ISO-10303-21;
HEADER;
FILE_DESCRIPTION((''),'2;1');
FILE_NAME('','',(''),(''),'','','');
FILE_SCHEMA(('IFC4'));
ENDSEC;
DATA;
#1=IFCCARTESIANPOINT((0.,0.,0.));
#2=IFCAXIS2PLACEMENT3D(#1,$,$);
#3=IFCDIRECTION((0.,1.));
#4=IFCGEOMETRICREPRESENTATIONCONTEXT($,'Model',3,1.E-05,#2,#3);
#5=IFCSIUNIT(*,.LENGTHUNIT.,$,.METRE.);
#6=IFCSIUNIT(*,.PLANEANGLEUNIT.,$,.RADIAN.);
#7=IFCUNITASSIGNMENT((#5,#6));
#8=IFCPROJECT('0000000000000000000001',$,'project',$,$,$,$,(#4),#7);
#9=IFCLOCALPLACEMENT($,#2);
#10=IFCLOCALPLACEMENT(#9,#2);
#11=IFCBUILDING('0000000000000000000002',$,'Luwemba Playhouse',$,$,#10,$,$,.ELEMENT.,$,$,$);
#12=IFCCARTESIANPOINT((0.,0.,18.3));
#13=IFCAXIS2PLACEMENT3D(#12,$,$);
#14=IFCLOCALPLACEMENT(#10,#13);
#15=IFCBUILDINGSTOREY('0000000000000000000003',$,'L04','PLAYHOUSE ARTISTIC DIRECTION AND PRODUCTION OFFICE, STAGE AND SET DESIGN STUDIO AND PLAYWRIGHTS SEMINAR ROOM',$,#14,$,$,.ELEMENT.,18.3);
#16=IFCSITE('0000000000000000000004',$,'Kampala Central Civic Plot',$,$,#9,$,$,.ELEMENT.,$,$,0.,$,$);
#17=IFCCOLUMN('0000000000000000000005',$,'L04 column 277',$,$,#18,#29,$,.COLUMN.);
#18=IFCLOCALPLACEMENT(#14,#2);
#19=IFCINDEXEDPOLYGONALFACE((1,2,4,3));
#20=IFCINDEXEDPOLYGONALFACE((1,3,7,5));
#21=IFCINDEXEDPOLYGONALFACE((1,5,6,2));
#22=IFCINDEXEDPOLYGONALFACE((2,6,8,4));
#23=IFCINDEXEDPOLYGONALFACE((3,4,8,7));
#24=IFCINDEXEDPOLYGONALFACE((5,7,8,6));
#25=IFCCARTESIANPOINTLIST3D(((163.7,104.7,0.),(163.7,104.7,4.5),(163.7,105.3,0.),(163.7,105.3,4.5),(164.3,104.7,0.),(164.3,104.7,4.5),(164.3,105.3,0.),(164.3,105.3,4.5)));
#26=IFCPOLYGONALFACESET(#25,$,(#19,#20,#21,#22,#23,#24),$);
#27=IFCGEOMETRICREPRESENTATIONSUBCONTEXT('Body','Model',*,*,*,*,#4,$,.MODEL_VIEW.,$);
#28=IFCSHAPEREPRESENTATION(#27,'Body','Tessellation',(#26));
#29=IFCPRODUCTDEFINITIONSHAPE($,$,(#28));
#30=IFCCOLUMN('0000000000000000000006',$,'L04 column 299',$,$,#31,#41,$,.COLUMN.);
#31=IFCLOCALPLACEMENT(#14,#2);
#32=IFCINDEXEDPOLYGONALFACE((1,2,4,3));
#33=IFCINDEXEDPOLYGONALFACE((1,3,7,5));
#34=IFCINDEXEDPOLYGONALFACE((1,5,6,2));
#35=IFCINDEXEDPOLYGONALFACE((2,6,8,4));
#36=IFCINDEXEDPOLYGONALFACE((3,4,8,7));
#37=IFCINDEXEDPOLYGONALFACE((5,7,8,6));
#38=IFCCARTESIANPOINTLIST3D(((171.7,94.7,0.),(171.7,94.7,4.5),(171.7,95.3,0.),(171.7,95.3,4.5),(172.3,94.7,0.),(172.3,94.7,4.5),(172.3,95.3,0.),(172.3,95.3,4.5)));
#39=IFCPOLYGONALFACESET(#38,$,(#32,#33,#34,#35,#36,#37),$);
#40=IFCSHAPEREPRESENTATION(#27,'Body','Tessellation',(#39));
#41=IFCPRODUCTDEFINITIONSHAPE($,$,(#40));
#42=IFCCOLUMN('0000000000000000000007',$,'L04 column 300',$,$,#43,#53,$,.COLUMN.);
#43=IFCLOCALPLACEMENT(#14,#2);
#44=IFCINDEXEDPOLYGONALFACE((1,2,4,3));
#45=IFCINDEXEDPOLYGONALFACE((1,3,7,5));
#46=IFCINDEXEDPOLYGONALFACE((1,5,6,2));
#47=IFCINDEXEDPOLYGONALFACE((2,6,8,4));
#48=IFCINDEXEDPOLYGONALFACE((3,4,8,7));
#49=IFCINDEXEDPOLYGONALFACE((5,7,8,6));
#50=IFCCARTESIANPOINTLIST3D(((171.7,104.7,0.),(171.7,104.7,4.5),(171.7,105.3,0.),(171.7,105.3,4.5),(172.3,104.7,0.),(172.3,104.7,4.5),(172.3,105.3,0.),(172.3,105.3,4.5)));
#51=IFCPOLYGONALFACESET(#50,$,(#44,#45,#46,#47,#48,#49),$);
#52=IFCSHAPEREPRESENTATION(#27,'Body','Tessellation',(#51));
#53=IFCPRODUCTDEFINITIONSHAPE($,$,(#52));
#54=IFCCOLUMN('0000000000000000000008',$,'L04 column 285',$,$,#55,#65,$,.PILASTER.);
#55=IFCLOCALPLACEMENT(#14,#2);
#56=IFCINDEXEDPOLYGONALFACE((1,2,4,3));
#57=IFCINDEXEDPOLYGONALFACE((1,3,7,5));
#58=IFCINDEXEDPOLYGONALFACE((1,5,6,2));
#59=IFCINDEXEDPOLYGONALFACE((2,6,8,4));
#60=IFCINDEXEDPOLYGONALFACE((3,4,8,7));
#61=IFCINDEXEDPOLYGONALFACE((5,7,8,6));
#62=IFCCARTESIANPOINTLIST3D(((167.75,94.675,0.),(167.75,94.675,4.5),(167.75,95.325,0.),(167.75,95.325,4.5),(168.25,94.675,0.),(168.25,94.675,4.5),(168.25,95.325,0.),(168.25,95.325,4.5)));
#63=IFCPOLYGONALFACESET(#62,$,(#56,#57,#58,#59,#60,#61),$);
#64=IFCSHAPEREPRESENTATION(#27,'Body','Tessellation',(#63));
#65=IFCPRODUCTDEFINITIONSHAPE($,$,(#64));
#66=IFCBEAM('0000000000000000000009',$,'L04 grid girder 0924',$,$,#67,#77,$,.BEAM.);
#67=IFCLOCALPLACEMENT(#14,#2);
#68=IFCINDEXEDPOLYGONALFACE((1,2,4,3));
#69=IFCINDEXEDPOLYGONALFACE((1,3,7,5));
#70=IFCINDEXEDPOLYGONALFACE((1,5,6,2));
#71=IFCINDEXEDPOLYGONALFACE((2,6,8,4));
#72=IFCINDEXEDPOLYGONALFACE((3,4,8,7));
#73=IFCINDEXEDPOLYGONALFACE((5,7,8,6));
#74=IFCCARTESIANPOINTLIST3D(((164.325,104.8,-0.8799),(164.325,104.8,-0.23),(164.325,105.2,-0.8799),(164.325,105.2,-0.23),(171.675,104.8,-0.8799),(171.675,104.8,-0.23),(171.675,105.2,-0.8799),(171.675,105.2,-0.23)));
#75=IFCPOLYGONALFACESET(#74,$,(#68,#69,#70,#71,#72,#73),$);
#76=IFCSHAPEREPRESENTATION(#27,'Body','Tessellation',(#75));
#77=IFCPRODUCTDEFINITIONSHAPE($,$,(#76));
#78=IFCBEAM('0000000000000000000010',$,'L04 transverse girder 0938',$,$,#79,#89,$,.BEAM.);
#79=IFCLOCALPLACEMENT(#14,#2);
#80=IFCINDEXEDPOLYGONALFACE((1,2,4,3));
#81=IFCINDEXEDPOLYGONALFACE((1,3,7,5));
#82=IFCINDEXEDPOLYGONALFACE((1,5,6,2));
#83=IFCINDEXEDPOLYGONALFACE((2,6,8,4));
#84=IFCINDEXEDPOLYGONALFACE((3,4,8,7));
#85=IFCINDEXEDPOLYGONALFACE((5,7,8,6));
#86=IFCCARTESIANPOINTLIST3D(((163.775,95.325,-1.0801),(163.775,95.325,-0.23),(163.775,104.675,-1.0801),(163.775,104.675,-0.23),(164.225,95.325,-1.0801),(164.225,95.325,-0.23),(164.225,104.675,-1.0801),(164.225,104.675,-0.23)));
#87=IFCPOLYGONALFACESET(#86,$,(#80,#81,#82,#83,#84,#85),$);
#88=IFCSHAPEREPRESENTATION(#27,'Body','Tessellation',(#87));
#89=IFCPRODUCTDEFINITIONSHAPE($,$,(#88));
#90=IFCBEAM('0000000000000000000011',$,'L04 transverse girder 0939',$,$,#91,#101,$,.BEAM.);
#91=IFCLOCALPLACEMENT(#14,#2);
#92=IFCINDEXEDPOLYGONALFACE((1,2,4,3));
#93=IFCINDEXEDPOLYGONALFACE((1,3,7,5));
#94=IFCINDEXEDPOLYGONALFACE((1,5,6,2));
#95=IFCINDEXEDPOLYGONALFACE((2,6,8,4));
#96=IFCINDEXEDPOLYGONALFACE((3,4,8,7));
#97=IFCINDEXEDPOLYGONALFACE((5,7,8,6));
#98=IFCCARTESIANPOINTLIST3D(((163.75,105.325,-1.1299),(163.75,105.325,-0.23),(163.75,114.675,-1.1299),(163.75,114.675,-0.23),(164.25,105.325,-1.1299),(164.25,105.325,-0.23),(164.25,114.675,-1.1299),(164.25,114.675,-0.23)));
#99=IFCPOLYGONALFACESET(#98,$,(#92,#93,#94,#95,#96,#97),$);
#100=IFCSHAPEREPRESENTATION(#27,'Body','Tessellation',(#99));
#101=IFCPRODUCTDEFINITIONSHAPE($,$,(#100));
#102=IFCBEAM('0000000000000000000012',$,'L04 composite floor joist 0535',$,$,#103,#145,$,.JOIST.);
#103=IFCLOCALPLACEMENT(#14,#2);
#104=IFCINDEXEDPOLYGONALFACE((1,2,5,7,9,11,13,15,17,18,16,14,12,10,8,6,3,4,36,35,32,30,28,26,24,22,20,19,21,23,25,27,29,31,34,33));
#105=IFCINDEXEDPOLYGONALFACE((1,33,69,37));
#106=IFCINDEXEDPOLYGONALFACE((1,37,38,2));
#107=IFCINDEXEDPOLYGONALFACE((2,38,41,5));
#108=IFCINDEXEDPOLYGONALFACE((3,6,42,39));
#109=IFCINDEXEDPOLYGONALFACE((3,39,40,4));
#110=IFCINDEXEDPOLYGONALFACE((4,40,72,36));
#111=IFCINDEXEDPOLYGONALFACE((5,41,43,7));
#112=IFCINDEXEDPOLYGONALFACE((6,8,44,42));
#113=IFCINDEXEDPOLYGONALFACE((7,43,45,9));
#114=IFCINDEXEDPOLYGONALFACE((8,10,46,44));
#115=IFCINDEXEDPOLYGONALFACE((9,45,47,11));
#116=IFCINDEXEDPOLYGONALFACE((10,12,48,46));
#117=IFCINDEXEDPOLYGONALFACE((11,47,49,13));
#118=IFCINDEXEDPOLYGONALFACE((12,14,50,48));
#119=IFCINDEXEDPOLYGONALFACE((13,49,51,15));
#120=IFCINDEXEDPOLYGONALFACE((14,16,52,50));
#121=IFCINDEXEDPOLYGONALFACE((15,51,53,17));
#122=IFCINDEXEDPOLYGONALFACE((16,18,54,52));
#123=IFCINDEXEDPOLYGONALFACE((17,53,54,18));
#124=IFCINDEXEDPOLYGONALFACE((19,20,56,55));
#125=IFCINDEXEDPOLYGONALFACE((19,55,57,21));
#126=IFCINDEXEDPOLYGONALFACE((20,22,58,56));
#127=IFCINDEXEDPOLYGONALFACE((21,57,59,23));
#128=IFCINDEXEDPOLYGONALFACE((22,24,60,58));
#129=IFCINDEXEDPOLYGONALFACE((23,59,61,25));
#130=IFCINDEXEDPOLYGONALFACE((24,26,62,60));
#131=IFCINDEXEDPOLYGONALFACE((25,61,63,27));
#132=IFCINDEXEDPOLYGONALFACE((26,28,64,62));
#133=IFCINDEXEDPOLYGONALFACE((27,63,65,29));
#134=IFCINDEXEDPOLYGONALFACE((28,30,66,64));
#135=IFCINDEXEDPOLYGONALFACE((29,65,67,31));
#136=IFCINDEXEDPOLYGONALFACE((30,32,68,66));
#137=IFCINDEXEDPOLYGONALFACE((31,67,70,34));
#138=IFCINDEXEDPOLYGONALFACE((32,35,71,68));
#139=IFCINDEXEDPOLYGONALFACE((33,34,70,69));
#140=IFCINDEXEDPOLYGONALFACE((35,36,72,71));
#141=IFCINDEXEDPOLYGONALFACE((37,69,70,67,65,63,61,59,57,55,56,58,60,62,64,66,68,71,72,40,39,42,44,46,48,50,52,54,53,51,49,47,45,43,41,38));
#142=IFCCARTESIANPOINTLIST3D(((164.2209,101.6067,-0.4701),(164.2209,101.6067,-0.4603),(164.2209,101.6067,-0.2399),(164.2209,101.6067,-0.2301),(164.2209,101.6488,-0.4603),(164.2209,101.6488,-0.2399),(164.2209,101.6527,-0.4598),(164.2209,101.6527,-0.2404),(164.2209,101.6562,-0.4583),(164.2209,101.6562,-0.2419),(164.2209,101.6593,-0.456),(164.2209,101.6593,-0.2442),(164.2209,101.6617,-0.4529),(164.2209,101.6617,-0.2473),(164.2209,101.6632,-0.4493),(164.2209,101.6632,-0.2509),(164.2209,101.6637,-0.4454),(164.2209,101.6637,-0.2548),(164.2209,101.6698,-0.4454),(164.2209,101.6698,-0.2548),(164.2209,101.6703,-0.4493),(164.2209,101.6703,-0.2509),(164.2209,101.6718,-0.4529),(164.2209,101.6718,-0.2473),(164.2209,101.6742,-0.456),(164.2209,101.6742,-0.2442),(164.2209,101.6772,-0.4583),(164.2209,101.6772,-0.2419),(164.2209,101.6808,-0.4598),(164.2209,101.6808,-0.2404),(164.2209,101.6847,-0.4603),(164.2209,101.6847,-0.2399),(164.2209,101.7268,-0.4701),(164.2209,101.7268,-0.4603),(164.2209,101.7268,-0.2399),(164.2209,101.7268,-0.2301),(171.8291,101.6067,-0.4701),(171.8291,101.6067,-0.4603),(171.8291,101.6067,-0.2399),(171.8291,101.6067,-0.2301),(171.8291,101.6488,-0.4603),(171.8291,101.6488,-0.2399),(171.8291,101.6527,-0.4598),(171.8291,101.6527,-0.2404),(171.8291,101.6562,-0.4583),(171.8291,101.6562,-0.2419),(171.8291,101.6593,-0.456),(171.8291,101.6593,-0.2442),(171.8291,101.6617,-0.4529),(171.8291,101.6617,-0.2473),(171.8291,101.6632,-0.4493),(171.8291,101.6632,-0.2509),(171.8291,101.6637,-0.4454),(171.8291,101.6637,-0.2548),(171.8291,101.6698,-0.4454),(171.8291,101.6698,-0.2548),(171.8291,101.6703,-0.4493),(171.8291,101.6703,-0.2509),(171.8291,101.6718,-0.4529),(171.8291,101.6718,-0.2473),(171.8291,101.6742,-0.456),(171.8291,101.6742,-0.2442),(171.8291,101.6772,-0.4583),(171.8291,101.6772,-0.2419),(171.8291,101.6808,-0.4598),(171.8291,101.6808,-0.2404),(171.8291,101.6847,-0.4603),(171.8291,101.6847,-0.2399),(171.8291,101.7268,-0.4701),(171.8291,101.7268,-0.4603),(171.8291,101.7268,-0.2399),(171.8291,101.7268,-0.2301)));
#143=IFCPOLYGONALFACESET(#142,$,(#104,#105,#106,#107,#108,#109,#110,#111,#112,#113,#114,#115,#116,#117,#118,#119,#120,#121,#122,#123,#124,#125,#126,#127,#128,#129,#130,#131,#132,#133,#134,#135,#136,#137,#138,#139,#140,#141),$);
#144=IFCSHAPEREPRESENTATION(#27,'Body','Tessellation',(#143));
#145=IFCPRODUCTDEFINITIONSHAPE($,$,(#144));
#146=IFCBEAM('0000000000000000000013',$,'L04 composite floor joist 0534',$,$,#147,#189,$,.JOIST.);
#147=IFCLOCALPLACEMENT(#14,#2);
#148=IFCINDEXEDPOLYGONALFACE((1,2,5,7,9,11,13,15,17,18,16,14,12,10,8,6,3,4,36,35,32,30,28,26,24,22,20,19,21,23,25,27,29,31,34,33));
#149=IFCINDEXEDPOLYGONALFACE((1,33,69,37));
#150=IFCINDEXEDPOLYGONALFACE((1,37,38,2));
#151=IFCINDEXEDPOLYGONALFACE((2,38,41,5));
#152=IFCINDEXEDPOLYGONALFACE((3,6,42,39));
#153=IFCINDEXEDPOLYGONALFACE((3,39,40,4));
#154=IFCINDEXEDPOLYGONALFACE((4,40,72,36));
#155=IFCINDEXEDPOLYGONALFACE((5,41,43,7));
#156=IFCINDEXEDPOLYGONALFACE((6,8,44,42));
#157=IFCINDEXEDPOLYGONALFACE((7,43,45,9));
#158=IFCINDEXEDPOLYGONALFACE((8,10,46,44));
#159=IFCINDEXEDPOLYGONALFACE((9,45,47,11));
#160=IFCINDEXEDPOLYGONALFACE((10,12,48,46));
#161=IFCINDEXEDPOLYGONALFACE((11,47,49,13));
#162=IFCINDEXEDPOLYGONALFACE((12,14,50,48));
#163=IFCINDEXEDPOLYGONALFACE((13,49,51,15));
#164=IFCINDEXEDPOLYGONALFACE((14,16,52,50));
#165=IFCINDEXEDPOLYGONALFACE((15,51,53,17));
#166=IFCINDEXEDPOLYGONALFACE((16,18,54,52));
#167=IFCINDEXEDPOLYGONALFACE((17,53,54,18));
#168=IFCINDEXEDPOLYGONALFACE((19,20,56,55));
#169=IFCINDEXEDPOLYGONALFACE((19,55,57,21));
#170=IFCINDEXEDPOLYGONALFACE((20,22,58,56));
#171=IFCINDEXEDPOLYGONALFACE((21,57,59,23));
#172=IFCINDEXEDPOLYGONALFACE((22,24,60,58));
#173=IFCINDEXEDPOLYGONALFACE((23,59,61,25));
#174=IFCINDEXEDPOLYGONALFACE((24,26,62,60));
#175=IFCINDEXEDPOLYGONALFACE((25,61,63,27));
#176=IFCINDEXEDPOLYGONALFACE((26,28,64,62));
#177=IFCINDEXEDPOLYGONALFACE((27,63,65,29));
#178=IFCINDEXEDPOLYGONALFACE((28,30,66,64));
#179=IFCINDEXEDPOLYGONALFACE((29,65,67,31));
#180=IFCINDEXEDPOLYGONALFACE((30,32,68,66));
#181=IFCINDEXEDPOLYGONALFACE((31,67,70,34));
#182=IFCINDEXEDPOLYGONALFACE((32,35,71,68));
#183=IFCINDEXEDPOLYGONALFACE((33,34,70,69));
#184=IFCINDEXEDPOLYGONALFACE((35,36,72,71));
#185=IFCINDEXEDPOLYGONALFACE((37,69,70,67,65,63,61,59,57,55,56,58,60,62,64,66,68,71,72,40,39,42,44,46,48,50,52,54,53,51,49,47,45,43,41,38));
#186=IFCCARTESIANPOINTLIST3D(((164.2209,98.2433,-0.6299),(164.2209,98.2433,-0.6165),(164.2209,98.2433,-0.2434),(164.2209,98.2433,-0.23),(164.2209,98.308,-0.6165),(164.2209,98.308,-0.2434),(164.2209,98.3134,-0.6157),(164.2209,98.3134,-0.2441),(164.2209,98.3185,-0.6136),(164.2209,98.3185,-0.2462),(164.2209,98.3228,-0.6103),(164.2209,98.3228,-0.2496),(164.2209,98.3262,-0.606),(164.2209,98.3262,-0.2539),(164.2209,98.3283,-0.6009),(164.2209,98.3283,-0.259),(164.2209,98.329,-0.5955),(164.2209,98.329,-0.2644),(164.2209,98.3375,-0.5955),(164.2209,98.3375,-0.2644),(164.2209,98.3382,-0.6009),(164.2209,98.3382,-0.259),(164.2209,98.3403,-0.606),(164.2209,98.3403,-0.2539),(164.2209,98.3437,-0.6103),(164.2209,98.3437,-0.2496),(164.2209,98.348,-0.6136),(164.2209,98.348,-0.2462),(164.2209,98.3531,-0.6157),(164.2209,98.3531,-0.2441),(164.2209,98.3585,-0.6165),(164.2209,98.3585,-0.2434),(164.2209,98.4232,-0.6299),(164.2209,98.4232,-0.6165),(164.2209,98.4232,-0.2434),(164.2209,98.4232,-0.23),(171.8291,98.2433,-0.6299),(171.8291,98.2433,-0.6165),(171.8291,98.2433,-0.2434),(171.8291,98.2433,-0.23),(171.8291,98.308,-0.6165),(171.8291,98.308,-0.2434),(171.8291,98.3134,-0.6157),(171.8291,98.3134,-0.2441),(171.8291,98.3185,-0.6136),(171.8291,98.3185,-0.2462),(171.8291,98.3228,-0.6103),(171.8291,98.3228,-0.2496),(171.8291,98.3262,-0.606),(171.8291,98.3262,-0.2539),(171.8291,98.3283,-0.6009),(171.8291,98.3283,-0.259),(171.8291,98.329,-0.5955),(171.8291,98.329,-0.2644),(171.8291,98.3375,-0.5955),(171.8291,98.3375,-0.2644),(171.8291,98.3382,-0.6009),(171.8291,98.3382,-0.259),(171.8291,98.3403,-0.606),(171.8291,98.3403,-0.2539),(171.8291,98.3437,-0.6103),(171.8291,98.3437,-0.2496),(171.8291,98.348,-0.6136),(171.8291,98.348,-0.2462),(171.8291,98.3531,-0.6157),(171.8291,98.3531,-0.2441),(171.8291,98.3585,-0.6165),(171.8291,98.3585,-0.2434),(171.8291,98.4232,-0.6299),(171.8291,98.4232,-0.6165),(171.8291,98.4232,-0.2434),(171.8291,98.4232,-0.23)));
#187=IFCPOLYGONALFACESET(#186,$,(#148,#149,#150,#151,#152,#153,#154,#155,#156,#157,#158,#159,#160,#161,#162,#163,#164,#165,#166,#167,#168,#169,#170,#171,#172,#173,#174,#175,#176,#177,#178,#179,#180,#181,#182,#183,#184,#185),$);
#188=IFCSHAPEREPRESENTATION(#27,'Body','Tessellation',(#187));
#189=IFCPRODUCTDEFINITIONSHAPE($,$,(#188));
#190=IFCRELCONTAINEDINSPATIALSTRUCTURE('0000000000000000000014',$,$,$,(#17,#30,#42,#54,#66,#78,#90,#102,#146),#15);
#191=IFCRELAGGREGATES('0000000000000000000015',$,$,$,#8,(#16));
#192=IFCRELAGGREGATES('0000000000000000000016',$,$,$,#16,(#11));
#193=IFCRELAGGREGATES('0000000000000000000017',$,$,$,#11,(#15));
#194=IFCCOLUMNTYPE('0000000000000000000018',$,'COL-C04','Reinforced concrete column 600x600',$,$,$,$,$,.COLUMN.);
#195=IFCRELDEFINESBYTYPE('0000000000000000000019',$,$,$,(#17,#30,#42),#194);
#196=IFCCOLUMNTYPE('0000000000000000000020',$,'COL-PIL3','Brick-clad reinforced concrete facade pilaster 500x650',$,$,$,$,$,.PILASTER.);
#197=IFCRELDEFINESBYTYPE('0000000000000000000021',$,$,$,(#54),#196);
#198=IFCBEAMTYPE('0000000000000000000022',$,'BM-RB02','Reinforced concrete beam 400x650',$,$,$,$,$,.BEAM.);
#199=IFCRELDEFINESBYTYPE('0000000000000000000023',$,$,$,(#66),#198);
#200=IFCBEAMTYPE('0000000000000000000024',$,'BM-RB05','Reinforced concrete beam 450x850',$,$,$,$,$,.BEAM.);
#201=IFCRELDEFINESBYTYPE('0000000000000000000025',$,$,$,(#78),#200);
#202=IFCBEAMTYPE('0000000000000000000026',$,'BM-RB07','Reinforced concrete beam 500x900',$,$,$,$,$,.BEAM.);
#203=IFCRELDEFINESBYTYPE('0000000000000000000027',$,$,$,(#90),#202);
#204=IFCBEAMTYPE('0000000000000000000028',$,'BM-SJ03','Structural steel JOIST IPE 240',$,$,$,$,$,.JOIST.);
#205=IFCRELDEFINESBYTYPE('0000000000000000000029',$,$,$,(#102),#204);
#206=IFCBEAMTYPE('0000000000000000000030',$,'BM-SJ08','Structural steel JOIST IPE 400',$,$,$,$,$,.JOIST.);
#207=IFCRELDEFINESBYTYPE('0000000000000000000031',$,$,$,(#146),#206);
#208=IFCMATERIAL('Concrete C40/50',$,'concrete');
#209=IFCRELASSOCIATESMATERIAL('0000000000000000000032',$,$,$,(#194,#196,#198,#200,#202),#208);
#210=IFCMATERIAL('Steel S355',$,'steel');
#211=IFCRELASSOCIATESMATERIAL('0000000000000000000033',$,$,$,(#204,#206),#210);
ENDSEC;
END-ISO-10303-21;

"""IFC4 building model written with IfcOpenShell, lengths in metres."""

from ifc_helpers import new_model, si_unit, direction, frame, origin, origin_2d, place, context, subcontext, project, spatial, rectangle, i_section, extrude, material, material_profile, profile_set, type_object, element, save


model = new_model("IFC4")

# Units and contexts
model_context = context("Model", 3, precision=1e-05, world=origin(), true_north=direction((0.0, 1.0)))
body_context = subcontext(model_context, "Body", "Model", "MODEL_VIEW")
ifc_project = project(units=[si_unit("LENGTHUNIT", "METRE"), si_unit("PLANEANGLEUNIT", "RADIAN")], contexts=[model_context])

# Site, building, storey
site_placement = place(None, origin())
site = spatial("IfcSite", under=ifc_project, at=site_placement, Name="Kampala Central Civic Plot", CompositionType="ELEMENT", RefElevation=0.0)
building_placement = place(site_placement, origin())
building = spatial("IfcBuilding", under=site, at=building_placement, Name="Luwemba Playhouse", CompositionType="ELEMENT")
storey_placement = place(building_placement, frame((0.0, 0.0, 18.3)))
storey = spatial("IfcBuildingStorey", under=building, at=storey_placement, Name="L04", Description="PLAYHOUSE ARTISTIC DIRECTION AND PRODUCTION OFFICE, STAGE AND SET DESIGN STUDIO AND PLAYWRIGHTS SEMINAR ROOM", CompositionType="ELEMENT", Elevation=18.3)

# Columns
ifc_material_1 = material(Name="Concrete C40/50", Category="concrete")
ifc_material_profile_1 = material_profile(ifc_material_1, rectangle(XDim=0.6001, YDim=0.6001, at=origin_2d()))
ifc_profile_set_1 = profile_set([ifc_material_profile_1], Name="Concrete C40/50")
column_type_1 = type_object("IfcColumnType", Name="COL-C04", Description="Reinforced concrete column 600x600", PredefinedType="COLUMN", material=ifc_profile_set_1)
for number, where, z_axis, x_axis, name in (
    (1, (164.0, 105.0, 0.0), (0.0, 0.0, 1.0), (1.0, 0.0, 0.0), "L04 column 277"),
    (2, (172.0, 95.0, 0.0), (0.0, 0.0, 1.0), (1.0, 0.0, 0.0), "L04 column 299"),
    (3, (172.0, 105.0, 0.0), (0.0, 0.0, 1.0), (1.0, 0.0, 0.0), "L04 column 300"),
):
    element("IfcColumn", number, at=place(storey_placement, frame(where, z_axis=z_axis, x_axis=x_axis)), inside=storey, type_object=column_type_1, Name=name, PredefinedType="COLUMN", context=body_context, shape_type="SweptSolid", body=[
        extrude(rectangle(XDim=0.6001, YDim=0.6001, at=origin_2d()), origin(), (0.0, 0.0, 1.0), 4.5),
    ])
ifc_material_profile_2 = material_profile(ifc_material_1, rectangle(XDim=0.5, YDim=0.6499, at=origin_2d()))
ifc_profile_set_2 = profile_set([ifc_material_profile_2], Name="Concrete C40/50")
column_type_2 = type_object("IfcColumnType", Name="COL-PIL3", Description="Brick-clad reinforced concrete facade pilaster 500x650", PredefinedType="PILASTER", material=ifc_profile_set_2)
column_placement = place(storey_placement, frame((168.0, 95.0, 0.0), z_axis=(0.0, 0.0, 1.0), x_axis=(1.0, 0.0, 0.0)))
element("IfcColumn", 4, at=column_placement, inside=storey, type_object=column_type_2, Name="L04 column 285", PredefinedType="PILASTER", context=body_context, shape_type="SweptSolid", body=[
    extrude(rectangle(XDim=0.5, YDim=0.6499, at=origin_2d()), origin(), (0.0, 0.0, 1.0), 4.5),
])

# Beams
ifc_material_profile_3 = material_profile(ifc_material_1, rectangle(XDim=0.3999, YDim=0.6499, at=origin_2d()))
ifc_profile_set_3 = profile_set([ifc_material_profile_3], Name="Concrete C40/50")
beam_type_1 = type_object("IfcBeamType", Name="BM-RB02", Description="Reinforced concrete beam 400x650", PredefinedType="BEAM", material=ifc_profile_set_3)
beam_1_placement = place(storey_placement, frame((164.325, 105.0, -0.5549), z_axis=(1.0, 0.0, 0.0), x_axis=(0.0, 1.0, 0.0)))
element("IfcBeam", 5, at=beam_1_placement, inside=storey, type_object=beam_type_1, Name="L04 grid girder 0924", PredefinedType="BEAM", context=body_context, shape_type="SweptSolid", body=[
    extrude(rectangle(XDim=0.3999, YDim=0.6499, at=origin_2d()), origin(), (0.0, 0.0, 1.0), 7.3501),
])
ifc_material_profile_4 = material_profile(ifc_material_1, rectangle(XDim=0.45, YDim=0.8501, at=origin_2d()))
ifc_profile_set_4 = profile_set([ifc_material_profile_4], Name="Concrete C40/50")
beam_type_2 = type_object("IfcBeamType", Name="BM-RB05", Description="Reinforced concrete beam 450x850", PredefinedType="BEAM", material=ifc_profile_set_4)
beam_2_placement = place(storey_placement, frame((164.0, 95.325, -0.655), z_axis=(0.0, 1.0, 0.0), x_axis=(-1.0, 0.0, 0.0)))
element("IfcBeam", 6, at=beam_2_placement, inside=storey, type_object=beam_type_2, Name="L04 transverse girder 0938", PredefinedType="BEAM", context=body_context, shape_type="SweptSolid", body=[
    extrude(rectangle(XDim=0.45, YDim=0.8501, at=origin_2d()), origin(), (0.0, 0.0, 1.0), 9.3501),
])
ifc_material_profile_5 = material_profile(ifc_material_1, rectangle(XDim=0.5, YDim=0.8999, at=origin_2d()))
ifc_profile_set_5 = profile_set([ifc_material_profile_5], Name="Concrete C40/50")
beam_type_3 = type_object("IfcBeamType", Name="BM-RB07", Description="Reinforced concrete beam 500x900", PredefinedType="BEAM", material=ifc_profile_set_5)
beam_3_placement = place(storey_placement, frame((164.0, 105.325, -0.6799), z_axis=(0.0, 1.0, 0.0), x_axis=(-1.0, 0.0, 0.0)))
element("IfcBeam", 7, at=beam_3_placement, inside=storey, type_object=beam_type_3, Name="L04 transverse girder 0939", PredefinedType="BEAM", context=body_context, shape_type="SweptSolid", body=[
    extrude(rectangle(XDim=0.5, YDim=0.8999, at=origin_2d()), origin(), (0.0, 0.0, 1.0), 9.3501),
])
ifc_material_2 = material(Name="Steel S355", Category="steel")
ifc_material_profile_6 = material_profile(ifc_material_2, i_section(OverallWidth=0.1201, OverallDepth=0.24, WebThickness=0.0061, FlangeThickness=0.0098, FilletRadius=0.0149, at=origin_2d()))
ifc_profile_set_6 = profile_set([ifc_material_profile_6], Name="Steel S355")
beam_type_4 = type_object("IfcBeamType", Name="BM-SJ03", Description="Structural steel JOIST IPE 240", PredefinedType="JOIST", material=ifc_profile_set_6)
beam_4_placement = place(storey_placement, frame((164.2209, 101.6667, -0.3501), z_axis=(1.0, 0.0, 0.0), x_axis=(0.0, 1.0, 0.0)))
element("IfcBeam", 8, at=beam_4_placement, inside=storey, type_object=beam_type_4, Name="L04 composite floor joist 0535", PredefinedType="JOIST", context=body_context, shape_type="SweptSolid", body=[
    extrude(i_section(OverallWidth=0.1201, OverallDepth=0.24, WebThickness=0.0061, FlangeThickness=0.0098, FilletRadius=0.0149, at=origin_2d()), origin(), (0.0, 0.0, 1.0), 7.6082),
])
ifc_material_profile_7 = material_profile(ifc_material_2, i_section(OverallWidth=0.1799, OverallDepth=0.3999, WebThickness=0.0085, FlangeThickness=0.0134, FilletRadius=0.021, at=origin_2d()))
ifc_profile_set_7 = profile_set([ifc_material_profile_7], Name="Steel S355")
beam_type_5 = type_object("IfcBeamType", Name="BM-SJ08", Description="Structural steel JOIST IPE 400", PredefinedType="JOIST", material=ifc_profile_set_7)
beam_5_placement = place(storey_placement, frame((164.2209, 98.3333, -0.4299), z_axis=(1.0, 0.0, 0.0), x_axis=(0.0, 1.0, 0.0)))
element("IfcBeam", 9, at=beam_5_placement, inside=storey, type_object=beam_type_5, Name="L04 composite floor joist 0534", PredefinedType="JOIST", context=body_context, shape_type="SweptSolid", body=[
    extrude(i_section(OverallWidth=0.1799, OverallDepth=0.3999, WebThickness=0.0085, FlangeThickness=0.0134, FilletRadius=0.021, at=origin_2d()), origin(), (0.0, 0.0, 1.0), 7.6082),
])

save(model, "model.ifc")
